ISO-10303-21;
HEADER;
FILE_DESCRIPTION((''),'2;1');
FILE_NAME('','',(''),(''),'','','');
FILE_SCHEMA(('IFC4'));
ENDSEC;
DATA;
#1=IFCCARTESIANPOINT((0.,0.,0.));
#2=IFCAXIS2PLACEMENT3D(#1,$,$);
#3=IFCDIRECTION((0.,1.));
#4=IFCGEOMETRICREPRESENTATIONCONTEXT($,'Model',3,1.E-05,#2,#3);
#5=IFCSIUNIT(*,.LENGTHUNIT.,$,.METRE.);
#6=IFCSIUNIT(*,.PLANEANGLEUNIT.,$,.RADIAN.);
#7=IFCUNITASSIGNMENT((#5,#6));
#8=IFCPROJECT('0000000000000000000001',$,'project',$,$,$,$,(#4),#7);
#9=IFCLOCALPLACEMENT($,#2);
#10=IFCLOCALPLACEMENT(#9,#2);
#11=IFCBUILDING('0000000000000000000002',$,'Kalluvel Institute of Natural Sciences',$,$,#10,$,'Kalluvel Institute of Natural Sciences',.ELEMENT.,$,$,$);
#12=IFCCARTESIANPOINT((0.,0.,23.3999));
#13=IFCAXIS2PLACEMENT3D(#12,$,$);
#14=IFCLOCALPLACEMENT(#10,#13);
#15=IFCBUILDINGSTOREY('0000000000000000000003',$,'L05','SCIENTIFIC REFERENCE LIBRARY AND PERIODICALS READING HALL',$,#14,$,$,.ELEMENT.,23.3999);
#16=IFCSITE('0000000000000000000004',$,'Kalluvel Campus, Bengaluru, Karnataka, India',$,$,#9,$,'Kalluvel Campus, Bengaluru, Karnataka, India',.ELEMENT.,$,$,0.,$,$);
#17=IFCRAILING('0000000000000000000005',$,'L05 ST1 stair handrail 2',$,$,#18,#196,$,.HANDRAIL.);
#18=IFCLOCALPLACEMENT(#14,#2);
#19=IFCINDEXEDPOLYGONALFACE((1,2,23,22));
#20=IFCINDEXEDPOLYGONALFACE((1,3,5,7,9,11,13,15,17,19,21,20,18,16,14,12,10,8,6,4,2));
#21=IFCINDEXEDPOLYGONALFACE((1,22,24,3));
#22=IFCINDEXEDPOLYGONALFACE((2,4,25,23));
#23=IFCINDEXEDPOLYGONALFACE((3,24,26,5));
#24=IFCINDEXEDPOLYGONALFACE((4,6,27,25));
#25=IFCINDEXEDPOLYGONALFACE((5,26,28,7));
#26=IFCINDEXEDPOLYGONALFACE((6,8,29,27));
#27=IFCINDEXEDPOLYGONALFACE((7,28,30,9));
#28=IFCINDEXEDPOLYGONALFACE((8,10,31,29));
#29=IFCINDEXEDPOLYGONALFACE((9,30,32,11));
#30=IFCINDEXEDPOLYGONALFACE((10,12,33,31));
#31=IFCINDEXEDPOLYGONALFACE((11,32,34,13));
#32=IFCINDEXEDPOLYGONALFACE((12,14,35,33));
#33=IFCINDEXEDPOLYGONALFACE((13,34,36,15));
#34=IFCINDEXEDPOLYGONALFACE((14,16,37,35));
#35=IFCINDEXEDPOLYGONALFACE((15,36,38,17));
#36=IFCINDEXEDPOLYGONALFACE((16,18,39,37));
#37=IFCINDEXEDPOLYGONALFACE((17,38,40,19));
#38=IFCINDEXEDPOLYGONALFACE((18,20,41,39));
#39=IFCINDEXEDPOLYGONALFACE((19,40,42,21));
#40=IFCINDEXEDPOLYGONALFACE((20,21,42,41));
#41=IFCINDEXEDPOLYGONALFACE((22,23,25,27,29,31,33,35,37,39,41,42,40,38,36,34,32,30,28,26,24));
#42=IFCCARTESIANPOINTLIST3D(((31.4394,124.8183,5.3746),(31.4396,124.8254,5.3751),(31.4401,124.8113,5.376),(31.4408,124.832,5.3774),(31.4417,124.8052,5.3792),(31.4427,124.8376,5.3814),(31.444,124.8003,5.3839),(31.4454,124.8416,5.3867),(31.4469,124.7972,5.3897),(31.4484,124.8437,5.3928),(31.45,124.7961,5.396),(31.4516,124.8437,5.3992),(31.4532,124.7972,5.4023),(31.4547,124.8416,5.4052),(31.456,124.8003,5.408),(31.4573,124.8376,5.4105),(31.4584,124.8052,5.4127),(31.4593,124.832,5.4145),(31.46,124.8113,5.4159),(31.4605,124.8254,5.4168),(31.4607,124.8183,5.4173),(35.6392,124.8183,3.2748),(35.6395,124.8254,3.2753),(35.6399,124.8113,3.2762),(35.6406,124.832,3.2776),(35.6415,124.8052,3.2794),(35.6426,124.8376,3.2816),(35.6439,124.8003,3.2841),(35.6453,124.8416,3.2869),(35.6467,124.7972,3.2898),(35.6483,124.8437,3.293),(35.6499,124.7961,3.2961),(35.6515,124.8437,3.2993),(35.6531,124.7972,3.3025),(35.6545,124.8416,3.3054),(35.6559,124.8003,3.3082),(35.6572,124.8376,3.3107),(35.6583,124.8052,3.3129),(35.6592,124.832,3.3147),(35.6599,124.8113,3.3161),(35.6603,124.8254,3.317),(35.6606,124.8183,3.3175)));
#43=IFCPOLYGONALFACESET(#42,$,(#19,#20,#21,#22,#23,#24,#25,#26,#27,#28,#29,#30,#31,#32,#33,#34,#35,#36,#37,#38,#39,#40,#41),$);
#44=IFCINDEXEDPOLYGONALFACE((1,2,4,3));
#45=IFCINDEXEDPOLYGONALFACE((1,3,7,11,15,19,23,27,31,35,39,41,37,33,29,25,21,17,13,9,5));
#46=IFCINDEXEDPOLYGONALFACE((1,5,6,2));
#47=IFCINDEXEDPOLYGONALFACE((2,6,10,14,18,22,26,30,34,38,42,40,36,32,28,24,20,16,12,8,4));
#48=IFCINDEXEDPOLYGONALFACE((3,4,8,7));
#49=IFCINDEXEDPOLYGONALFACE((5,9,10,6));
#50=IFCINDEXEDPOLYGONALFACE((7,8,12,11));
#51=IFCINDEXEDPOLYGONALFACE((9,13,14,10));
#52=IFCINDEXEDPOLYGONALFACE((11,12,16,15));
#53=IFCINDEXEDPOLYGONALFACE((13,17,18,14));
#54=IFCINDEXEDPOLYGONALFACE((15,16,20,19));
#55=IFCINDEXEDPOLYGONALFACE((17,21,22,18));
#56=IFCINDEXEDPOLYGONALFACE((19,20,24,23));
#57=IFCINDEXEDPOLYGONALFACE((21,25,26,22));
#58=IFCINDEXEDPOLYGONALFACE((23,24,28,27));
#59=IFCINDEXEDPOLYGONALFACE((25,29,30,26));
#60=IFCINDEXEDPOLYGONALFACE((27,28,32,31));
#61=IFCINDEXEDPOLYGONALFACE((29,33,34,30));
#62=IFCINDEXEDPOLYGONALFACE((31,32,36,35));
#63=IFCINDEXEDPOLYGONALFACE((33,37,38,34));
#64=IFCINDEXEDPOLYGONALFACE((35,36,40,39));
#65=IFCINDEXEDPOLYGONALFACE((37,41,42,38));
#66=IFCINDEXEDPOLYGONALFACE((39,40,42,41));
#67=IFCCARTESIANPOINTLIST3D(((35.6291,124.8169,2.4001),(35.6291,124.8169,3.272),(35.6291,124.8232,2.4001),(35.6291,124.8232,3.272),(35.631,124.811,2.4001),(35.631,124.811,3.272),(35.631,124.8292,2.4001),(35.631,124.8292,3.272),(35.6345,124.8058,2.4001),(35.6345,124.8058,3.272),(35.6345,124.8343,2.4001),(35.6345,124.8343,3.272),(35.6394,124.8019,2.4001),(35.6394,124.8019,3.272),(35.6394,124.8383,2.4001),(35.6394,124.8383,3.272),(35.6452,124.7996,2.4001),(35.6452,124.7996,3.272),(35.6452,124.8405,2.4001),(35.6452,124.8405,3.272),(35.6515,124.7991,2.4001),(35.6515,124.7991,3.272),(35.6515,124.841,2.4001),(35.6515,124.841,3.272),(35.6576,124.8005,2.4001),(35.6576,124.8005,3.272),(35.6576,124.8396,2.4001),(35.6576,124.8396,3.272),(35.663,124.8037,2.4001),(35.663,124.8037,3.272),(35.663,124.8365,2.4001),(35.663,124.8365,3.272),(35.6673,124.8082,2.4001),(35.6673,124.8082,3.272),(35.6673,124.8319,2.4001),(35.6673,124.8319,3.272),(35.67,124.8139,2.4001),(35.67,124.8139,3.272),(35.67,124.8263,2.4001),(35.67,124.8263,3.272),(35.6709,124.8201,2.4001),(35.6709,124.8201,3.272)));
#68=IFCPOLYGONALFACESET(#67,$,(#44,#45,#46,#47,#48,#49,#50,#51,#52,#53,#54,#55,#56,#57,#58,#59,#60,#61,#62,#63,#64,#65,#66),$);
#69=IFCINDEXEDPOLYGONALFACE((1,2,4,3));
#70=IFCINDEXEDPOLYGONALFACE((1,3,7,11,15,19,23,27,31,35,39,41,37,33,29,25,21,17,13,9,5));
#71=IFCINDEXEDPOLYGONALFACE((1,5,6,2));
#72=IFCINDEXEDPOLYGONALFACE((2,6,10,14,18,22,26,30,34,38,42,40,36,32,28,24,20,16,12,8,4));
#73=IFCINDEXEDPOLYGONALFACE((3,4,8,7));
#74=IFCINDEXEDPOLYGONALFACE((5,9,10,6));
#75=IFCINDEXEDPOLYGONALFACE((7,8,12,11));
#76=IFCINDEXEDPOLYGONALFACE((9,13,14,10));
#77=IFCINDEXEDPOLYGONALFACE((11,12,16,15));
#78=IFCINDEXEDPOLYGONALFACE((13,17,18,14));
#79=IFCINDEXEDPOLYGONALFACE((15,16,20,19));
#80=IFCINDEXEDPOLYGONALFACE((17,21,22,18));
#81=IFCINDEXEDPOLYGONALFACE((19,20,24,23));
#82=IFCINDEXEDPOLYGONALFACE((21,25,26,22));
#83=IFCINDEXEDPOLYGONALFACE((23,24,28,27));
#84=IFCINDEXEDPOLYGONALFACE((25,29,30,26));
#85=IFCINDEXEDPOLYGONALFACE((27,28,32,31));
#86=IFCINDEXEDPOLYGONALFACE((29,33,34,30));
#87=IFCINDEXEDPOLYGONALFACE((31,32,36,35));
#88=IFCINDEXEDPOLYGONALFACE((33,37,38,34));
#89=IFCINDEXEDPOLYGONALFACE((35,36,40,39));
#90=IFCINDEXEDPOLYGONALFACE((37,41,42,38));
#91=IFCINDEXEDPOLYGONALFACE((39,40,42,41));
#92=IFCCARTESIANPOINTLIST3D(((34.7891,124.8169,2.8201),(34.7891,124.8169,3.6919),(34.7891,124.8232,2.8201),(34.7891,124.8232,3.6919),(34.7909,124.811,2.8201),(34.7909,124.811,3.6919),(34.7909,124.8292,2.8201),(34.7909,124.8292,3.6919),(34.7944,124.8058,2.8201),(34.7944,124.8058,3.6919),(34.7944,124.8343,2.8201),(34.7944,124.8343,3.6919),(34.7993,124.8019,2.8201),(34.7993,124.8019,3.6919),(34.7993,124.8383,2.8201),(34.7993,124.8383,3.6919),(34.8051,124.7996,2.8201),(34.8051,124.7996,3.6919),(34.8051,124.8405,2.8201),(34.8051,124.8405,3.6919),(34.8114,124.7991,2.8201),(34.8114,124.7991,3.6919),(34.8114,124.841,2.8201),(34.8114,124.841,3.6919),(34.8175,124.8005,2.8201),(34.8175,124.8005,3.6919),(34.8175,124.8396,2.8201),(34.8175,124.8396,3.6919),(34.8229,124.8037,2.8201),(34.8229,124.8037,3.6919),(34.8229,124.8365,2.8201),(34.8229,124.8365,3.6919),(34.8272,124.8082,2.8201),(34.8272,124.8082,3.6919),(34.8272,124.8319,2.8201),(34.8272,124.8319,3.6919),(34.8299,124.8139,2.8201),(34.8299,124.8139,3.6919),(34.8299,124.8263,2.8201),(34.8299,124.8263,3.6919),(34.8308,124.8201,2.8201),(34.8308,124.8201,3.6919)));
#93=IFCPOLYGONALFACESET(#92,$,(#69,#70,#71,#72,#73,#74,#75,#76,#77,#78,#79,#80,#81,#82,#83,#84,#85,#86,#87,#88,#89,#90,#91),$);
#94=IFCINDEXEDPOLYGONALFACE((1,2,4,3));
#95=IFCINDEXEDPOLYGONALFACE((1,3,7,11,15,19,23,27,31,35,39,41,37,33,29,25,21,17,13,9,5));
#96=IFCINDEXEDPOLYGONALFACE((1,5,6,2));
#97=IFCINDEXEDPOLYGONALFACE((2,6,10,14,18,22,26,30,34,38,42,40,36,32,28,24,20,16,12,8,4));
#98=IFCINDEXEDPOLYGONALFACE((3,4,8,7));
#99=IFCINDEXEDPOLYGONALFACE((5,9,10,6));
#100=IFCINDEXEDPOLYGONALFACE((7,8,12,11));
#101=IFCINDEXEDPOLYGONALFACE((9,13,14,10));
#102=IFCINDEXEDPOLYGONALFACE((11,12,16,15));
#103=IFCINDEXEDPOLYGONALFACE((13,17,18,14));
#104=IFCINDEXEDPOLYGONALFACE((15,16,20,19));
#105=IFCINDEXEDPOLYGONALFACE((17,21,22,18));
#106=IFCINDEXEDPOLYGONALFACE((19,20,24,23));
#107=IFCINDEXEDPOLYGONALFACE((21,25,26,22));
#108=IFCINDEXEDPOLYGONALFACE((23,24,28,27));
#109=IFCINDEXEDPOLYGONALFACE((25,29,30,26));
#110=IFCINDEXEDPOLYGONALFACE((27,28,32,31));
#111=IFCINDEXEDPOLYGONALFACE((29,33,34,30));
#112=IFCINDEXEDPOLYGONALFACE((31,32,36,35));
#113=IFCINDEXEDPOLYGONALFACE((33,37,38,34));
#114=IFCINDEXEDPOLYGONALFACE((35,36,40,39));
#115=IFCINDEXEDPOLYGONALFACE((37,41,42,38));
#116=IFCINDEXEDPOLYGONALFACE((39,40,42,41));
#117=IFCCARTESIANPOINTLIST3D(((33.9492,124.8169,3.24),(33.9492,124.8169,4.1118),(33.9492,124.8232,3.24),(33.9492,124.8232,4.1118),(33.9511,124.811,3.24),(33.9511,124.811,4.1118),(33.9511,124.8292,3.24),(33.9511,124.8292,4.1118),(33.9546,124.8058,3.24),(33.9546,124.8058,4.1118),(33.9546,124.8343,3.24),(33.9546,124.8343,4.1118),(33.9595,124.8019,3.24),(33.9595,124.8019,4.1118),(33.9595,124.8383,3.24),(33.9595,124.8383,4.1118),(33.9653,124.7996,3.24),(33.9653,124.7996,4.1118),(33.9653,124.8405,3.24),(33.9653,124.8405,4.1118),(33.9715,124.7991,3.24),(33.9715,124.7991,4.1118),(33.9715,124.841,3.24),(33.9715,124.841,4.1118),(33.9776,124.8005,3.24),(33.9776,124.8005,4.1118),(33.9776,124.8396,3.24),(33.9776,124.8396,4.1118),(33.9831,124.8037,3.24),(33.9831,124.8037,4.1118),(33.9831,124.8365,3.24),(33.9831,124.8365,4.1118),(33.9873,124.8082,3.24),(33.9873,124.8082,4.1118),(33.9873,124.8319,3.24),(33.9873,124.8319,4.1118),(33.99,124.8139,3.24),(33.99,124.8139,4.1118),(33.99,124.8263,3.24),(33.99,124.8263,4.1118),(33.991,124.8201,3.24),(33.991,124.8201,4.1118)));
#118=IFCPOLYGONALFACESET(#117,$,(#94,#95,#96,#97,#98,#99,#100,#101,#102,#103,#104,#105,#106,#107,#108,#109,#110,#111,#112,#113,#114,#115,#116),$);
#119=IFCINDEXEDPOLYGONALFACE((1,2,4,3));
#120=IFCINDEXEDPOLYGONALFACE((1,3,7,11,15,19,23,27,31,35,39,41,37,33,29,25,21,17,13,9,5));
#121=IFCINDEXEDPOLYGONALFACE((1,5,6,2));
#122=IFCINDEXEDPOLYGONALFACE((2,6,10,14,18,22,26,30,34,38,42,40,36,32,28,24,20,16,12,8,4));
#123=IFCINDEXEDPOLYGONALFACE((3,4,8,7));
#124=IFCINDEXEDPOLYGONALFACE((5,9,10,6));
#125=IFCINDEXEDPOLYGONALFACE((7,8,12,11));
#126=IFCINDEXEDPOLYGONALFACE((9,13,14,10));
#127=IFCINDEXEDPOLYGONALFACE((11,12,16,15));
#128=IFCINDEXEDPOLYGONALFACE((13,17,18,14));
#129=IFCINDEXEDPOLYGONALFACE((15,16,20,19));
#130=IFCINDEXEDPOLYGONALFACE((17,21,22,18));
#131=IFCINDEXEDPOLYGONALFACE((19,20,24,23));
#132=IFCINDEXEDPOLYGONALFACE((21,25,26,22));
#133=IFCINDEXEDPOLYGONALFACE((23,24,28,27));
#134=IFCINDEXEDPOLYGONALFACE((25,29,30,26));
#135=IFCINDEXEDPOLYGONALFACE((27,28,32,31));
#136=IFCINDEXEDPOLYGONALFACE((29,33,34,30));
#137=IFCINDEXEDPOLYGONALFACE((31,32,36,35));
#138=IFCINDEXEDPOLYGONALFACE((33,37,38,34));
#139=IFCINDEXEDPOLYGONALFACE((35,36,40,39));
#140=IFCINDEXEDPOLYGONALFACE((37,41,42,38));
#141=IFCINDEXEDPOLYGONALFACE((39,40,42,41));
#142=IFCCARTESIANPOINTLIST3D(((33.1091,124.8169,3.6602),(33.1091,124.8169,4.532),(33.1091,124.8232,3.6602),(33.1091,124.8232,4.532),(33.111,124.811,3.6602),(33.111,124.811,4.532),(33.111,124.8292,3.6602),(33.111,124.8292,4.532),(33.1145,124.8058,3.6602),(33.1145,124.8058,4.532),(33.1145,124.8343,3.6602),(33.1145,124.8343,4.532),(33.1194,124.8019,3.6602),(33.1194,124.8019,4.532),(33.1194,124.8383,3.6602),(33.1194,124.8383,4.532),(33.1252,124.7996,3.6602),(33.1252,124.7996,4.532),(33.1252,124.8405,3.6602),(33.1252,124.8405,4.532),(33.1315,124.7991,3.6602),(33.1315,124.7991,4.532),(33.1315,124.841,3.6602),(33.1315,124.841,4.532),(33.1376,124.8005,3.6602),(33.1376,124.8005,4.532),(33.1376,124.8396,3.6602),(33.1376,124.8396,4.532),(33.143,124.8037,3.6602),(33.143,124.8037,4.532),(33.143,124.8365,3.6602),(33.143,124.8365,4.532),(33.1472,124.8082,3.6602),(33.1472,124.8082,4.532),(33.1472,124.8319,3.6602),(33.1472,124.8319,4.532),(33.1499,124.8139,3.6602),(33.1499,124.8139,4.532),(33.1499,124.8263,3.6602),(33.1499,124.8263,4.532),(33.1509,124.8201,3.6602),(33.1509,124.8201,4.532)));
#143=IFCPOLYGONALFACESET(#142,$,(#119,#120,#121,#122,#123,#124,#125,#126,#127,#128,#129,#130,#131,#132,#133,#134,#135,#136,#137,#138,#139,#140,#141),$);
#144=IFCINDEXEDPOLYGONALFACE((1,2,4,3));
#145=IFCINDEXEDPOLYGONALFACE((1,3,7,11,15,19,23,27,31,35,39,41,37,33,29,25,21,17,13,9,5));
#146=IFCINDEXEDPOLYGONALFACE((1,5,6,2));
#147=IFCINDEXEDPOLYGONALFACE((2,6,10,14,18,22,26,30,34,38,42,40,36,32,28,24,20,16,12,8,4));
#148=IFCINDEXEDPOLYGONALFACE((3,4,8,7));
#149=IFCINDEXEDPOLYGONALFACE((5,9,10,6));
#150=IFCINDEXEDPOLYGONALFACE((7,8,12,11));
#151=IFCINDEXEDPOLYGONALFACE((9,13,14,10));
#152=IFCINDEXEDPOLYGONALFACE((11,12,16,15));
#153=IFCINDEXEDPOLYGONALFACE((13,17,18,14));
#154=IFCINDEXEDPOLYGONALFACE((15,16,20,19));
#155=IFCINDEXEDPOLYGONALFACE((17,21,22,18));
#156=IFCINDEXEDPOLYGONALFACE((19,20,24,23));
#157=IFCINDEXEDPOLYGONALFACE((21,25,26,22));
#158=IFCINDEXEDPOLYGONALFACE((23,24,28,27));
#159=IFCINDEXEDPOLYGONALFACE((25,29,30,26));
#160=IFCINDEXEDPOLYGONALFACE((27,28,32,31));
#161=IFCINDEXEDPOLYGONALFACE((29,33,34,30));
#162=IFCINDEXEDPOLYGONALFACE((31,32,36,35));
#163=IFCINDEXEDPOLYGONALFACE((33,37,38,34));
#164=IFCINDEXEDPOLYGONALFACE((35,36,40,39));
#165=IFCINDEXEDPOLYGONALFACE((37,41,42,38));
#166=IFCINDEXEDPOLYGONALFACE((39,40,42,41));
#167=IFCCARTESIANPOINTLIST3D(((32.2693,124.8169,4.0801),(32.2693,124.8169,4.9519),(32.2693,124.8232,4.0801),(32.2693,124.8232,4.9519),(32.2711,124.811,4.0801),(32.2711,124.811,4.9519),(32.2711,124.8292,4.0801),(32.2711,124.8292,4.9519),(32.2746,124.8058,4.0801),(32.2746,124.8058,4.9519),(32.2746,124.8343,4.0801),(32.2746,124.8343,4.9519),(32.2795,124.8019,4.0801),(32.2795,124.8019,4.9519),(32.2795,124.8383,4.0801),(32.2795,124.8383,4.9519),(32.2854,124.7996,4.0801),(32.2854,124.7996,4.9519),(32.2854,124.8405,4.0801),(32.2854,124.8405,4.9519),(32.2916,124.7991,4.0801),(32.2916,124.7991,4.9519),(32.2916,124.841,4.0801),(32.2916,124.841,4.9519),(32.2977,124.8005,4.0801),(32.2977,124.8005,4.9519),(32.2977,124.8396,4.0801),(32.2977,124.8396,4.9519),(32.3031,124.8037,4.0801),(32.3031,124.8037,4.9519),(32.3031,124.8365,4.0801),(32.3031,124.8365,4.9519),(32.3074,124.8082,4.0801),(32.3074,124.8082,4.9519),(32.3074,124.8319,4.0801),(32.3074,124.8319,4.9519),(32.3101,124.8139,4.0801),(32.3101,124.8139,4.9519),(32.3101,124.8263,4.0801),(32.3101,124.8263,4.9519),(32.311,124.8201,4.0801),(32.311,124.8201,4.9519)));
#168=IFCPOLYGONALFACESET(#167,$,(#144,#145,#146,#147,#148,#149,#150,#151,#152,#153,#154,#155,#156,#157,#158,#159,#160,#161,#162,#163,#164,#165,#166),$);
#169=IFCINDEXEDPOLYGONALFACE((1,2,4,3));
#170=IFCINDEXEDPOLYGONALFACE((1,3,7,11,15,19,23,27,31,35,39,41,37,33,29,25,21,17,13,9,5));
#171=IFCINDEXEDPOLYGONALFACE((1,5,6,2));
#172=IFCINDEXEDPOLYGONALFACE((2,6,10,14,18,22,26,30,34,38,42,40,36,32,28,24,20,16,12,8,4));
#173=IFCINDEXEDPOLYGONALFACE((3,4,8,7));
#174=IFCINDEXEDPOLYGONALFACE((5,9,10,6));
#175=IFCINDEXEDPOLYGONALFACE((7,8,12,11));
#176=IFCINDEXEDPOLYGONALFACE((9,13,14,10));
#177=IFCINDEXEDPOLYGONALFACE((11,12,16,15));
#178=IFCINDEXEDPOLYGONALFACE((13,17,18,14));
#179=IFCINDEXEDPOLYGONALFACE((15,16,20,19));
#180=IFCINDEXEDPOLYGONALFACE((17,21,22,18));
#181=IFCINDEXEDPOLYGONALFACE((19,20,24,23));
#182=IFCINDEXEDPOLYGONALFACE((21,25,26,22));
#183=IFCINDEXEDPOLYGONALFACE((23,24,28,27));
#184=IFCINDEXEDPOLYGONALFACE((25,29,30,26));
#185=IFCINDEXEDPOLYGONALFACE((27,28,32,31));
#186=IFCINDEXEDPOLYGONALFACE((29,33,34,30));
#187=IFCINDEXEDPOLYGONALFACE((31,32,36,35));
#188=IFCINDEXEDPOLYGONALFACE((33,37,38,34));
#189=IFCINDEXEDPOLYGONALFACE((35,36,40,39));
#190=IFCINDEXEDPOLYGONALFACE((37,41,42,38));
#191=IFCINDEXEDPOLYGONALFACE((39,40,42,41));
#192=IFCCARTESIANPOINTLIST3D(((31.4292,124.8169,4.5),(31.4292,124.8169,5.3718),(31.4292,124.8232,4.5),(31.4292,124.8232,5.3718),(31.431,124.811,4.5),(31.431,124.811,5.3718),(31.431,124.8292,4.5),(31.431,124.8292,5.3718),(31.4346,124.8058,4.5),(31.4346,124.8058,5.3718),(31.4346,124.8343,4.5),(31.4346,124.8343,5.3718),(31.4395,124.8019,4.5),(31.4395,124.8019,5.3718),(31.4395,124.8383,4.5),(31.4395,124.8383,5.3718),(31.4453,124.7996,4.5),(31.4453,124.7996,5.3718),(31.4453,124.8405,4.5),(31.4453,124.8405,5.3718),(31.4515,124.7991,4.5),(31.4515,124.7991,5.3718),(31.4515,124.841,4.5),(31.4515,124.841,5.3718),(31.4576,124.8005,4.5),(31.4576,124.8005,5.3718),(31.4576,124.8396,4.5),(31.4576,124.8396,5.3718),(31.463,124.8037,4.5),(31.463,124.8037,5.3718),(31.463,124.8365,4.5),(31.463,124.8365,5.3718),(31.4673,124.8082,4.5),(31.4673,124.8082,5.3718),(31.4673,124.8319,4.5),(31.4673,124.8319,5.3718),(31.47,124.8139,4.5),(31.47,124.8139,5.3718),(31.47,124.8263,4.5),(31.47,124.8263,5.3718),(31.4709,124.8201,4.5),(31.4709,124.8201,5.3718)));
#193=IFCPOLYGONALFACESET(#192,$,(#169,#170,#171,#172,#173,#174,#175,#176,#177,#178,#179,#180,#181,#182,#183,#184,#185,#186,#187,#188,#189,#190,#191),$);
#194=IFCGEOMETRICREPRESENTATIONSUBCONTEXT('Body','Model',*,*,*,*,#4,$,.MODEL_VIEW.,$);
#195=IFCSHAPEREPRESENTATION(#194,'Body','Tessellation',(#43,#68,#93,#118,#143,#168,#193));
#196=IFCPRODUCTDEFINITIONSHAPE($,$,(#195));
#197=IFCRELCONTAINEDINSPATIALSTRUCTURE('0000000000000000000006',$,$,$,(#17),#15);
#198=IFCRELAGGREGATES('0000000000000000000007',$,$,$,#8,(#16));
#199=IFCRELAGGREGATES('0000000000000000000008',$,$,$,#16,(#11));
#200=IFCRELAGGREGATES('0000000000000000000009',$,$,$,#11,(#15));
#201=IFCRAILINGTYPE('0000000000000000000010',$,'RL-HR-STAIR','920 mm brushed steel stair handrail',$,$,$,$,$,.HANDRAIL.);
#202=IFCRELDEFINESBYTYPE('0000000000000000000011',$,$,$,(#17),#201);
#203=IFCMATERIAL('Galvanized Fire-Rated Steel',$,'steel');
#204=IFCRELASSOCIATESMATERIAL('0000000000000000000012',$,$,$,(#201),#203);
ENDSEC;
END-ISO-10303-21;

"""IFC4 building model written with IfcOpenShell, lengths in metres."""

from ifc_helpers import new_model, si_unit, direction, frame, origin, origin_2d, place, context, subcontext, project, spatial, circle, extrude, material, type_object, element, save


model = new_model("IFC4")

# Units and contexts
model_context = context("Model", 3, precision=1e-05, world=origin(), true_north=direction((0.0, 1.0)))
body_context = subcontext(model_context, "Body", "Model", "MODEL_VIEW")
ifc_project = project(units=[si_unit("LENGTHUNIT", "METRE"), si_unit("PLANEANGLEUNIT", "RADIAN")], contexts=[model_context])

# Site, building, storey
site_placement = place(None, origin())
site = spatial("IfcSite", under=ifc_project, at=site_placement, Name="Kalluvel Campus, Bengaluru, Karnataka, India", LongName="Kalluvel Campus, Bengaluru, Karnataka, India", CompositionType="ELEMENT", RefElevation=0.0)
building_placement = place(site_placement, origin())
building = spatial("IfcBuilding", under=site, at=building_placement, Name="Kalluvel Institute of Natural Sciences", LongName="Kalluvel Institute of Natural Sciences", CompositionType="ELEMENT")
storey_placement = place(building_placement, frame((0.0, 0.0, 23.3999)))
storey = spatial("IfcBuildingStorey", under=building, at=storey_placement, Name="L05", Description="SCIENTIFIC REFERENCE LIBRARY AND PERIODICALS READING HALL", CompositionType="ELEMENT", Elevation=23.3999)

# Railing
ifc_material_1 = material(Name="Galvanized Fire-Rated Steel", Category="steel")
railing_type_1 = type_object("IfcRailingType", Name="RL-HR-STAIR", Description="920 mm brushed steel stair handrail", PredefinedType="HANDRAIL", material=ifc_material_1)
railing_1_placement = place(storey_placement, frame((35.6499, 124.8201, 2.4001)))
element("IfcRailing", 1, at=railing_1_placement, inside=storey, type_object=railing_type_1, Name="L05 ST1 stair handrail 2", PredefinedType="HANDRAIL", context=body_context, shape_type="SweptSolid", body=[
    extrude(circle(Radius=0.0239, at=origin_2d()), frame((0.0, 0.0, 0.896), z_axis=(-0.894438, 0.0, 0.447193), x_axis=(0.0, -1.0, 0.0)), (0.0, 0.0, 1.0), 4.6956),
    extrude(circle(Radius=0.021, at=origin_2d()), origin(), (0.0, 0.0, 1.0), 0.8718),
    extrude(circle(Radius=0.021, at=origin_2d()), frame((-0.8401, 0.0, 0.4199)), (0.0, 0.0, 1.0), 0.8718),
    extrude(circle(Radius=0.021, at=origin_2d()), frame((-1.6799, 0.0, 0.8398)), (0.0, 0.0, 1.0), 0.8718),
    extrude(circle(Radius=0.021, at=origin_2d()), frame((-2.52, 0.0, 1.26)), (0.0, 0.0, 1.0), 0.8718),
    extrude(circle(Radius=0.021, at=origin_2d()), frame((-3.3599, 0.0, 1.6799)), (0.0, 0.0, 1.0), 0.8718),
    extrude(circle(Radius=0.021, at=origin_2d()), frame((-4.2, 0.0, 2.0999)), (0.0, 0.0, 1.0), 0.8718),
])

save(model, "model.ifc")
